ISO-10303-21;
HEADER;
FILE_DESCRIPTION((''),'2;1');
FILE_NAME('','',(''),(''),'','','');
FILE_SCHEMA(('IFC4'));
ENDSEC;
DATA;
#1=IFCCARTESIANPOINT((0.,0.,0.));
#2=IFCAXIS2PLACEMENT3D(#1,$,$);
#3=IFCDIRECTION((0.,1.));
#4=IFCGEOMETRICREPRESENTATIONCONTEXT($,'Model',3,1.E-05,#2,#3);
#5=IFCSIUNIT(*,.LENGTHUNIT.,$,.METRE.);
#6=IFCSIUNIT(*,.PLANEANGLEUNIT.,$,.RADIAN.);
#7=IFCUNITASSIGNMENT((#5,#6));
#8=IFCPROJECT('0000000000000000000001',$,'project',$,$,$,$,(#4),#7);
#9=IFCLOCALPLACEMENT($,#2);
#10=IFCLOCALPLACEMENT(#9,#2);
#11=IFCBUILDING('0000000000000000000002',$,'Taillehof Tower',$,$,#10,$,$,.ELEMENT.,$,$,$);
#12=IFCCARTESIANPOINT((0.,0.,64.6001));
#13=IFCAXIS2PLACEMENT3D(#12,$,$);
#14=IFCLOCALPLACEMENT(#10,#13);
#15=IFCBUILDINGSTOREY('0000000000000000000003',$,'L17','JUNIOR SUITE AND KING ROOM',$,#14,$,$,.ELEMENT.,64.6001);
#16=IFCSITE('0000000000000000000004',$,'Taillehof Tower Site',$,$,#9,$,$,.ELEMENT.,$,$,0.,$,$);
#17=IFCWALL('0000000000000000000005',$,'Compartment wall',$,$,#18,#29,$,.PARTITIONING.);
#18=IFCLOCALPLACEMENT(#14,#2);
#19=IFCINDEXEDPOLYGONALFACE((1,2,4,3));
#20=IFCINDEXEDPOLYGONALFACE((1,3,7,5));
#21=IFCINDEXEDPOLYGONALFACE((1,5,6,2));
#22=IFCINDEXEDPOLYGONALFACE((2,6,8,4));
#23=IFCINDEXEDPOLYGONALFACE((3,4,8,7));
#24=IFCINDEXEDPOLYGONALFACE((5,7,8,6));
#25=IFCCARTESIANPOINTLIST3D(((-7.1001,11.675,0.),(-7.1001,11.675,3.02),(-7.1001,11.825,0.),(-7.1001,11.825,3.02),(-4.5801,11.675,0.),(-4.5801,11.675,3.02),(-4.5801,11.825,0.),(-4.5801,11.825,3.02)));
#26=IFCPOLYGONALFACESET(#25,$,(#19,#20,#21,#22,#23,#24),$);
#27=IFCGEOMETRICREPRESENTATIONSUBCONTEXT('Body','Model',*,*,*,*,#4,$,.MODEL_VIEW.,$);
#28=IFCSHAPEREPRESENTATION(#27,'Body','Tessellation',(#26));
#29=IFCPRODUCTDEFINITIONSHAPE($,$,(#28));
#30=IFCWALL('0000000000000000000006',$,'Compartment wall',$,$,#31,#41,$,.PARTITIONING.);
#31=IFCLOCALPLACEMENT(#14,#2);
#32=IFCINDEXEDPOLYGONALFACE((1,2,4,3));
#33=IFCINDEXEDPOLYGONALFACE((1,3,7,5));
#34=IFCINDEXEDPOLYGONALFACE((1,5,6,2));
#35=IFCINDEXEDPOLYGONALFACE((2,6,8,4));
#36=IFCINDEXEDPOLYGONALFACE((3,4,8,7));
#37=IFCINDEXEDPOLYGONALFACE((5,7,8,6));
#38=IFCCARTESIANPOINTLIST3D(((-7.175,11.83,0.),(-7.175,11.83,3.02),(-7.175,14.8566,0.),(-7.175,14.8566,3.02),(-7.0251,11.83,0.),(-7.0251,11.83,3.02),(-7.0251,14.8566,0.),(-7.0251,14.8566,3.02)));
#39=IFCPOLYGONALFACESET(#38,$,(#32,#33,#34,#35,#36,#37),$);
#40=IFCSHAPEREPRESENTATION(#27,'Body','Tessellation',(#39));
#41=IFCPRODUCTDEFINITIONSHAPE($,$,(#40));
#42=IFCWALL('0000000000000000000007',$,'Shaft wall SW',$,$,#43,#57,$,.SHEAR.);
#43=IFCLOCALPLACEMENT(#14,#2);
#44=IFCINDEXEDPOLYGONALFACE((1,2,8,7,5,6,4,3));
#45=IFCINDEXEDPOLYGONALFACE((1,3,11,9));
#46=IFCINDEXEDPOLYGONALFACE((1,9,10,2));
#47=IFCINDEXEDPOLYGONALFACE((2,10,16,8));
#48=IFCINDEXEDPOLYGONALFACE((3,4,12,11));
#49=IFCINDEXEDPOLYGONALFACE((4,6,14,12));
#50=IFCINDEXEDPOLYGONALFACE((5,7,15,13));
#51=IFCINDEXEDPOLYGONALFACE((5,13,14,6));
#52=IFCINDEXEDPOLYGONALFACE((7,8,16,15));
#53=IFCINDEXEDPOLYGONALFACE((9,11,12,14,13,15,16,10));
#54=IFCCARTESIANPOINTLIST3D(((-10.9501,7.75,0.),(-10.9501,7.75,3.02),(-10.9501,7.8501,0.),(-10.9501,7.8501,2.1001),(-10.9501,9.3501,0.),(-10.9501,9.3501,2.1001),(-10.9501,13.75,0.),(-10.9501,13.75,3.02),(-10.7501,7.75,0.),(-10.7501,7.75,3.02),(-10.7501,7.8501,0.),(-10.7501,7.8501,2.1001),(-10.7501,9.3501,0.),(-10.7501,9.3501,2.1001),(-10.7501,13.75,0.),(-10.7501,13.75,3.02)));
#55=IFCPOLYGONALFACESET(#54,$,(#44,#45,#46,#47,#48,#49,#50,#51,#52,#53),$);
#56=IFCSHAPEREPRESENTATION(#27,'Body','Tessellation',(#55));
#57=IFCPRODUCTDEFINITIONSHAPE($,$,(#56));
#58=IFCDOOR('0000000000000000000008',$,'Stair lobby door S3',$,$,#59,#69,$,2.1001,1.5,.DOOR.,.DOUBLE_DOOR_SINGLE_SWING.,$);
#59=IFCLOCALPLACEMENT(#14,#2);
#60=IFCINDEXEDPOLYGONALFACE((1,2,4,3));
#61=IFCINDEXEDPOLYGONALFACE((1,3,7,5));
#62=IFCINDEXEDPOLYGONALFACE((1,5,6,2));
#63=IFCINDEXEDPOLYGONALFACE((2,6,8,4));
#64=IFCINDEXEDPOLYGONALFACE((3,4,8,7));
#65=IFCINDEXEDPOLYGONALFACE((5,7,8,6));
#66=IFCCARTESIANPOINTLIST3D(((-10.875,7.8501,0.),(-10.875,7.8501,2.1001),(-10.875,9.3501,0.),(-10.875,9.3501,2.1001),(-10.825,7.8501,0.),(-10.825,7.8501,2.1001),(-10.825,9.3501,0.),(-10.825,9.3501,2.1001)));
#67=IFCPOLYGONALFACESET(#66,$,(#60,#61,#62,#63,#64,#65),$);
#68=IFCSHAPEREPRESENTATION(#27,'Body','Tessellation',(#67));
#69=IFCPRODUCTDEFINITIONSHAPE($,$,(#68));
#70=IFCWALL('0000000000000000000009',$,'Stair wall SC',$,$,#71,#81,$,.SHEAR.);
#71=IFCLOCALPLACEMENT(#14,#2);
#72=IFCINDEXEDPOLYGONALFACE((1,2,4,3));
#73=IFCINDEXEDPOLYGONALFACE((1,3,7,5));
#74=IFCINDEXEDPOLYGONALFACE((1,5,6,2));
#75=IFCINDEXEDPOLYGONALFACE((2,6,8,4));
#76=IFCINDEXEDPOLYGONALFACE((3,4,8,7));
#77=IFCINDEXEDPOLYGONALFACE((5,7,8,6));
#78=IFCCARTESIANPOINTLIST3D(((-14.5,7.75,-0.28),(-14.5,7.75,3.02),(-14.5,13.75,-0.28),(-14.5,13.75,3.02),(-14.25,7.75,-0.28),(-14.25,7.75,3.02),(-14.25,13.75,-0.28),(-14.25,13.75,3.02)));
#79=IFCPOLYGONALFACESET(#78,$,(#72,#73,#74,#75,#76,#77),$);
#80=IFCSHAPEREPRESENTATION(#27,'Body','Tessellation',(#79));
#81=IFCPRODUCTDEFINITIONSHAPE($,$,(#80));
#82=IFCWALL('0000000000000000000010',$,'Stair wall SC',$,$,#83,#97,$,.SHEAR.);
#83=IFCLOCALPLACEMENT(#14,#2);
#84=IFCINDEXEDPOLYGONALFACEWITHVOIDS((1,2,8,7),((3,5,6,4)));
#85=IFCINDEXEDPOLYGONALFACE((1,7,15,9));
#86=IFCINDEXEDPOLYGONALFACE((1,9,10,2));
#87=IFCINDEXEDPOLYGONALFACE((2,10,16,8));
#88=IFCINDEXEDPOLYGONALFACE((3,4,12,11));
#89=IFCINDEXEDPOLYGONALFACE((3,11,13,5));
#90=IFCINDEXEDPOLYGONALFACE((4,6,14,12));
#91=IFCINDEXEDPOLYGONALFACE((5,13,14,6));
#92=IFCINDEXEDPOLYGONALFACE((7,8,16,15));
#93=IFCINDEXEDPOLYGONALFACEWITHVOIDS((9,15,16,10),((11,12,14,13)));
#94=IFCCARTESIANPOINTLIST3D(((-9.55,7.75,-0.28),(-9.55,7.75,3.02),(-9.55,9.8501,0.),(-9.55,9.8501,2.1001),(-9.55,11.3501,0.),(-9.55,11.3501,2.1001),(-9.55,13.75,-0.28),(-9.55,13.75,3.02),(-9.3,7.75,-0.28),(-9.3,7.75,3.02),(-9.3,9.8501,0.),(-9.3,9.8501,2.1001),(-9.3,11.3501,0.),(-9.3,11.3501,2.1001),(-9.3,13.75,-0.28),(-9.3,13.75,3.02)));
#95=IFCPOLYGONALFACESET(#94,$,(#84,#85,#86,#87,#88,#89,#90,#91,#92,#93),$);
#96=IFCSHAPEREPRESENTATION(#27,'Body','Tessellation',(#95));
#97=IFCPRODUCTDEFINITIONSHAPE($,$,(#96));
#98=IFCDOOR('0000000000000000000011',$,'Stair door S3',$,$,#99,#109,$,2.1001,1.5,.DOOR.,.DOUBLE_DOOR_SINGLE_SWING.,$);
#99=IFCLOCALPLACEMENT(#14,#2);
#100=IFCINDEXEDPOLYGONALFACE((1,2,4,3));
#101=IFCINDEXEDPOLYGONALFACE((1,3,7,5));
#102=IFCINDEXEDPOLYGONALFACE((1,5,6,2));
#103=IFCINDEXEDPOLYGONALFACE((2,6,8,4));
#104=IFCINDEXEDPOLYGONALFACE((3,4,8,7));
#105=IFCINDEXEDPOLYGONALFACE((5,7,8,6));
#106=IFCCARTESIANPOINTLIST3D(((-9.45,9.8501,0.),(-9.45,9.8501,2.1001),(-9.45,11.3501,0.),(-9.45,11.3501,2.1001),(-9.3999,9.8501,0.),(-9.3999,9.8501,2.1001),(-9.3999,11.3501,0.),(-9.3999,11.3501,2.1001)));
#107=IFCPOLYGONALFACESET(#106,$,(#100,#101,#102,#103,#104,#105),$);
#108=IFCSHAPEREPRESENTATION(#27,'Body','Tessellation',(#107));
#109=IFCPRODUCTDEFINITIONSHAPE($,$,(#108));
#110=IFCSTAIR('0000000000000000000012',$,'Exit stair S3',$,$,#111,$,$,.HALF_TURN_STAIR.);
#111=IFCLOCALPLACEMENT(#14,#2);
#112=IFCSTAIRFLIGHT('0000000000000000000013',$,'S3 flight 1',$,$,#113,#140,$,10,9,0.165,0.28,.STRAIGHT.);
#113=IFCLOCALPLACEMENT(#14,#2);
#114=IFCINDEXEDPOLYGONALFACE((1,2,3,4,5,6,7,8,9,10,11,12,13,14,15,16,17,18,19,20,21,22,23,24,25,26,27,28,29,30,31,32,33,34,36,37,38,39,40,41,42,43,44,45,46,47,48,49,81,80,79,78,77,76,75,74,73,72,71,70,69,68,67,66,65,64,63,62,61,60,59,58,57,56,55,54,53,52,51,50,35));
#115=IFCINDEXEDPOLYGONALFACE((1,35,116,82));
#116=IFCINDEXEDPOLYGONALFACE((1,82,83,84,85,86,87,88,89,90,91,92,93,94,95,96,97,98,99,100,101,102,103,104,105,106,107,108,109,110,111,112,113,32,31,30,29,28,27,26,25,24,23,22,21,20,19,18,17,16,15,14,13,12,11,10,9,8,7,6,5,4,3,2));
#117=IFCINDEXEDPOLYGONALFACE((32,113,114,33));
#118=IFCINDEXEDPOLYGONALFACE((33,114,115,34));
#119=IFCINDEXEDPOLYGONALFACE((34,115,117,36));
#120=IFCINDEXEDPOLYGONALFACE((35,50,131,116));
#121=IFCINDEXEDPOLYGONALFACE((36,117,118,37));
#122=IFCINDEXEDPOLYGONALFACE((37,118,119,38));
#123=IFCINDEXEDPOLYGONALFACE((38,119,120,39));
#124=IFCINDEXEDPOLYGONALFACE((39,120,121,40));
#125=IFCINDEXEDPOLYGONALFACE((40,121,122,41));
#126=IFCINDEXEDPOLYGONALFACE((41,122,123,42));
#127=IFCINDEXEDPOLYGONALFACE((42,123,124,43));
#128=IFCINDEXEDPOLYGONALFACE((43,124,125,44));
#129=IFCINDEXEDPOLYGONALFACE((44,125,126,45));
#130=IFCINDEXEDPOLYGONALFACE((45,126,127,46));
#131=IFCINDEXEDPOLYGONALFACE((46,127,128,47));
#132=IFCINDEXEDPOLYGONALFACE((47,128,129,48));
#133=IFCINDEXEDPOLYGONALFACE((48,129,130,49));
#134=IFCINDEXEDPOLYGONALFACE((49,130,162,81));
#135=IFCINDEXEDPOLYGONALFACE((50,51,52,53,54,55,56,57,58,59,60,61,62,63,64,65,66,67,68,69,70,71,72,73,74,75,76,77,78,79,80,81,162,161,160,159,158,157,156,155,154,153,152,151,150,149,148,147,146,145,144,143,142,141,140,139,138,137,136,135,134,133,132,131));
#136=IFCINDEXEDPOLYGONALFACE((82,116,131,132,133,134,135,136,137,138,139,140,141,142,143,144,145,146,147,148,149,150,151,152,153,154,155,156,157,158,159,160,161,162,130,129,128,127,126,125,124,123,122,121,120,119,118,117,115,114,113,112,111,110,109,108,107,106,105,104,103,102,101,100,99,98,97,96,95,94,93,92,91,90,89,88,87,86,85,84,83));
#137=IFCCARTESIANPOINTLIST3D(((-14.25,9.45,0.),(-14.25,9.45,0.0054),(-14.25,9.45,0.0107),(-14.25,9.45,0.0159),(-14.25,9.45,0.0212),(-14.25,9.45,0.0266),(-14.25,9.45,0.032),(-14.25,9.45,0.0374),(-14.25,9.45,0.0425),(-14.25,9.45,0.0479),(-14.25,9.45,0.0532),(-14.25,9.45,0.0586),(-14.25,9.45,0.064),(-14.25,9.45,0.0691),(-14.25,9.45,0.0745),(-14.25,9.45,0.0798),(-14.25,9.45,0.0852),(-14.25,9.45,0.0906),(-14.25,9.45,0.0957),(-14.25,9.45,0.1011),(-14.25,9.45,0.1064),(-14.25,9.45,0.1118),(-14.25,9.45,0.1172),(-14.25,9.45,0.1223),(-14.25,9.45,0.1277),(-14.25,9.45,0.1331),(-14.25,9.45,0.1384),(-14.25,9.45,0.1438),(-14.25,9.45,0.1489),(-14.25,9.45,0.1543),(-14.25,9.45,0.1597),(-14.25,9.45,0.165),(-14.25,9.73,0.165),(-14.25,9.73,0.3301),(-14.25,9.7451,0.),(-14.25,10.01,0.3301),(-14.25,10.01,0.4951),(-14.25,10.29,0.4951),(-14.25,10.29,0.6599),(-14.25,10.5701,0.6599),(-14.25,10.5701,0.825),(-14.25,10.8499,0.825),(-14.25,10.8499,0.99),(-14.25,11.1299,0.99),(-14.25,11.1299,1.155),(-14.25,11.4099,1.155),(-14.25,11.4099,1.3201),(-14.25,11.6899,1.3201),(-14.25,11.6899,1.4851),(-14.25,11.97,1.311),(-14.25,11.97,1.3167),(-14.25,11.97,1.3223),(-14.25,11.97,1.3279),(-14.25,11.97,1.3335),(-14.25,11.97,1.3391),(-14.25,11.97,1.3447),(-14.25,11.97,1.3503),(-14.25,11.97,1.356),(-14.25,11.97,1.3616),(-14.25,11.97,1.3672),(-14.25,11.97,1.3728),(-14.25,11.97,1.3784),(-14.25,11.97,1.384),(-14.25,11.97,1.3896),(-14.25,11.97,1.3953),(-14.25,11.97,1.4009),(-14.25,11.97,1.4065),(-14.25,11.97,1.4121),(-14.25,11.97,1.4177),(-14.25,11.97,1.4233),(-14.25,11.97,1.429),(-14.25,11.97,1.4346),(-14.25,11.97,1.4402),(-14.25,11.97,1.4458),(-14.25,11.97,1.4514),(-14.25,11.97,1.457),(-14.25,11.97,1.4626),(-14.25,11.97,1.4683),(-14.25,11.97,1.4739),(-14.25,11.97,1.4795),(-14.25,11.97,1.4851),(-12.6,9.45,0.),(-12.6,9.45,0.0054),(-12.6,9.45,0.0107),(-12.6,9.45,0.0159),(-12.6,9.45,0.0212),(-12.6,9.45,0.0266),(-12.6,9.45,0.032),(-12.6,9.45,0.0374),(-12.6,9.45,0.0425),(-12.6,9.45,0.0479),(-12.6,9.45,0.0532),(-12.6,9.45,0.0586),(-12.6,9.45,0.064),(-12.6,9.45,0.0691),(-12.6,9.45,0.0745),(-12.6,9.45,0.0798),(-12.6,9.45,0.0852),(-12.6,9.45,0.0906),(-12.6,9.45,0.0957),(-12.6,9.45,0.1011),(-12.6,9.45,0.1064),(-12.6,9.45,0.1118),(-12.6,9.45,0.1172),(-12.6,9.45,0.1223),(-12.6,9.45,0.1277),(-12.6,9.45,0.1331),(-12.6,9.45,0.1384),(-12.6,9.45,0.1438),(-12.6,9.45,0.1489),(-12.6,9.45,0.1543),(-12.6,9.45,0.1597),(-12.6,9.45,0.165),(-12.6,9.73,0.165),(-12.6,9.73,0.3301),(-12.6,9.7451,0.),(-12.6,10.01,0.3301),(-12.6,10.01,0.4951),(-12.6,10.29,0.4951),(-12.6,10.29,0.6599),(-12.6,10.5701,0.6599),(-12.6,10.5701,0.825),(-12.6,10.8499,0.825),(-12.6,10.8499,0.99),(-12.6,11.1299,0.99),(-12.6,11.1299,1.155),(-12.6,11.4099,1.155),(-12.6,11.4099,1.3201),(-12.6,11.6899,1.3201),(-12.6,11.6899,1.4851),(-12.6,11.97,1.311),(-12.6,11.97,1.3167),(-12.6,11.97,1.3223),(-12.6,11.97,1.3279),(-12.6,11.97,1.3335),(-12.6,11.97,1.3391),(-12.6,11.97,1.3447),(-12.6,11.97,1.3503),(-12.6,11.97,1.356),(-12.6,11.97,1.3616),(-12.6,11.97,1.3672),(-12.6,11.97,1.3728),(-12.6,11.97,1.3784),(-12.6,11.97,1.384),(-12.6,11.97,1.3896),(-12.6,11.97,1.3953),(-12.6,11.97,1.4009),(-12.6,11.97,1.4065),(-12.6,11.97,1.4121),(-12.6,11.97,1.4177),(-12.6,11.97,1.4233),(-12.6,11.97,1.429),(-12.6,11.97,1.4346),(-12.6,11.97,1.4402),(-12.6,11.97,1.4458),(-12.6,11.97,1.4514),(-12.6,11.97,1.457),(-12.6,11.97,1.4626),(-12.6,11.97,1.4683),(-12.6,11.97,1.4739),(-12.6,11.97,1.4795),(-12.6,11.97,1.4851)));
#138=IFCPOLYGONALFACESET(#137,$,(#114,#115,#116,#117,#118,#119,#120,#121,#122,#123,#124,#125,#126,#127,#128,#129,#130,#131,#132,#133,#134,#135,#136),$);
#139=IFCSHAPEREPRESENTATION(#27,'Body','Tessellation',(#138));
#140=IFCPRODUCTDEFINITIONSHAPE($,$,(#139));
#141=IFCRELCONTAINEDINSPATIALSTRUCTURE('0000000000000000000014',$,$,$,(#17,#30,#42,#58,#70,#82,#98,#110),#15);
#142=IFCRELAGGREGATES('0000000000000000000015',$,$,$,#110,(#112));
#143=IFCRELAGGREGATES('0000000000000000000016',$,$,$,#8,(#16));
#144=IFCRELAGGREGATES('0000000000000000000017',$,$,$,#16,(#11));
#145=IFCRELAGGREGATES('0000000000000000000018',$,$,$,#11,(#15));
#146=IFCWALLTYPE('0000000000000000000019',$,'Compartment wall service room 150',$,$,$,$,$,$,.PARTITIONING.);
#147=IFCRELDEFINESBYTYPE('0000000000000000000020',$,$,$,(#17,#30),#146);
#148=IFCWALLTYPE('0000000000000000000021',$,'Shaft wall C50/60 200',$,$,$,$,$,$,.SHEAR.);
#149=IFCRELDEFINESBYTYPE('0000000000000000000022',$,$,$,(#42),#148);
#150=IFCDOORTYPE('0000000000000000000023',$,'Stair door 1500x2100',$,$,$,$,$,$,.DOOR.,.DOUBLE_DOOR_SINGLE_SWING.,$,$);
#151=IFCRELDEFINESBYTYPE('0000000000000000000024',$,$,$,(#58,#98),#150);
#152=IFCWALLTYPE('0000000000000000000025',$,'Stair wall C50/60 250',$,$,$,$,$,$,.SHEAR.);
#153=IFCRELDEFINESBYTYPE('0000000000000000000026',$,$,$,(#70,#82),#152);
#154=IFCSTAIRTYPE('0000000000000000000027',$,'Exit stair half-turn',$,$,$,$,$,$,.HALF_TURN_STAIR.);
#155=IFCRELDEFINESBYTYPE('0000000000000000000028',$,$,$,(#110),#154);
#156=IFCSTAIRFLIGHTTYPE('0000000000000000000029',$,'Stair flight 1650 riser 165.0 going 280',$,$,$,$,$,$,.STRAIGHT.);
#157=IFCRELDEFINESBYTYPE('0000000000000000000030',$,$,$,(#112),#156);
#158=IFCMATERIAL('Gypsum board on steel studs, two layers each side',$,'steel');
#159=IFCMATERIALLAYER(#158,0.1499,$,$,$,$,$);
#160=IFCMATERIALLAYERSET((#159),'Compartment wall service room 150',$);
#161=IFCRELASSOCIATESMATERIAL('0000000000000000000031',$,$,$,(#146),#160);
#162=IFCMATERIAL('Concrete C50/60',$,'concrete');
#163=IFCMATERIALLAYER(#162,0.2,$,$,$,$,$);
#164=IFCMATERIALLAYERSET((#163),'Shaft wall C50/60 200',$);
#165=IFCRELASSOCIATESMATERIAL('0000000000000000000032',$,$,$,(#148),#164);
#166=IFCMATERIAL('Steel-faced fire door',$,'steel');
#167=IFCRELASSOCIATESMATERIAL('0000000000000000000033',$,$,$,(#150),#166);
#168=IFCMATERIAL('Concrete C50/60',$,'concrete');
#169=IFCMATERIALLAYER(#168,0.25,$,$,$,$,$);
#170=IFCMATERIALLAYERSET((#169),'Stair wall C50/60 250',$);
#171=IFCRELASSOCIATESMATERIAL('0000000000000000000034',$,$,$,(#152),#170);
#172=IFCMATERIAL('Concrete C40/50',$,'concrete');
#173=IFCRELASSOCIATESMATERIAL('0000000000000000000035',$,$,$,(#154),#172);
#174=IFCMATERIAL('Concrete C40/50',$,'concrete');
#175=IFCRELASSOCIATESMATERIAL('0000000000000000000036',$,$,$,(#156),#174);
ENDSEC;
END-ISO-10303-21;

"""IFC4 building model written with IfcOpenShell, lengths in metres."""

from ifc_helpers import new_model, si_unit, direction, frame, frame_2d, origin, place, context, subcontext, project, spatial, polyline, rectangle, outline, extrude, material, layer, layer_set, type_object, element, fill, aggregate, save


model = new_model("IFC4")

# Units and contexts
model_context = context("Model", 3, precision=1e-05, world=origin(), true_north=direction((0.0, 1.0)))
body_context = subcontext(model_context, "Body", "Model", "MODEL_VIEW")
ifc_project = project(units=[si_unit("LENGTHUNIT", "METRE"), si_unit("PLANEANGLEUNIT", "RADIAN")], contexts=[model_context])

# Site, building, storey
site_placement = place(None, origin())
site = spatial("IfcSite", under=ifc_project, at=site_placement, Name="Taillehof Tower Site", CompositionType="ELEMENT", RefElevation=0.0)
building_placement = place(site_placement, origin())
building = spatial("IfcBuilding", under=site, at=building_placement, Name="Taillehof Tower", CompositionType="ELEMENT")
storey_placement = place(building_placement, frame((0.0, 0.0, 64.6001)))
storey = spatial("IfcBuildingStorey", under=building, at=storey_placement, Name="L17", Description="JUNIOR SUITE AND KING ROOM", CompositionType="ELEMENT", Elevation=64.6001)

# Walls
ifc_material_1 = material(Name="Gypsum board on steel studs, two layers each side", Category="steel")
ifc_layer_1 = layer(ifc_material_1, 0.1499)
ifc_layer_set_1 = layer_set([ifc_layer_1], Name="Compartment wall service room 150")
wall_type_1 = type_object("IfcWallType", Name="Compartment wall service room 150", PredefinedType="PARTITIONING", material=ifc_layer_set_1)
wall_1_placement = place(storey_placement, frame((-4.5801, 11.75, 0.0), z_axis=(0.0, 0.0, 1.0), x_axis=(-1.0, 0.0, 0.0)))
element("IfcWall", 1, at=wall_1_placement, inside=storey, type_object=wall_type_1, Name="Compartment wall", PredefinedType="PARTITIONING", context=body_context, shape_type="SweptSolid", body=[
    extrude(rectangle(XDim=2.52, YDim=0.1499, at=frame_2d((1.26, 0.0))), origin(), (0.0, 0.0, 1.0), 3.02),
])
wall_2_placement = place(storey_placement, frame((-7.1001, 11.8301, 0.0), z_axis=(0.0, 0.0, 1.0), x_axis=(0.0, 1.0, 0.0)))
element("IfcWall", 2, at=wall_2_placement, inside=storey, type_object=wall_type_1, Name="Compartment wall", PredefinedType="PARTITIONING", context=body_context, shape_type="SweptSolid", body=[
    extrude(rectangle(XDim=3.0266, YDim=0.1499, at=frame_2d((1.5132, 0.0))), origin(), (0.0, 0.0, 1.0), 3.02),
])

# Wall, opening, door
ifc_material_2 = material(Name="Concrete C50/60", Category="concrete")
ifc_layer_2 = layer(ifc_material_2, 0.2)
ifc_layer_set_2 = layer_set([ifc_layer_2], Name="Shaft wall C50/60 200")
wall_type_2 = type_object("IfcWallType", Name="Shaft wall C50/60 200", PredefinedType="SHEAR", material=ifc_layer_set_2)
wall_3_placement = place(storey_placement, frame((-10.8501, 7.75, 0.0), z_axis=(0.0, 0.0, 1.0), x_axis=(0.0, 1.0, 0.0)))
wall_3 = element("IfcWall", 3, at=wall_3_placement, inside=storey, type_object=wall_type_2, Name="Shaft wall SW", PredefinedType="SHEAR", context=body_context, shape_type="SweptSolid", body=[
    extrude(rectangle(XDim=6.0, YDim=0.2, at=frame_2d((3.0, 0.0))), origin(), (0.0, 0.0, 1.0), 3.02),
])
opening_1_placement = place(wall_3_placement, frame((0.1001, 0.0, 0.0)))
opening_1 = element("IfcOpeningElement", 4, at=opening_1_placement, cuts=wall_3, PredefinedType="OPENING", context=body_context, shape_type="SweptSolid", body=[
    extrude(rectangle(XDim=1.5, YDim=2.1001, at=frame_2d((0.75, 1.05))), frame((0.0, 0.1099, 0.0), z_axis=(0.0, -1.0, 0.0), x_axis=(1.0, 0.0, 0.0)), (0.0, 0.0, 1.0), 0.22),
])
ifc_material_3 = material(Name="Steel-faced fire door", Category="steel")
door_type = type_object("IfcDoorType", Name="Stair door 1500x2100", OperationType="DOUBLE_DOOR_SINGLE_SWING", PredefinedType="DOOR", material=ifc_material_3)
door_1_placement = place(opening_1_placement, origin())
door_1 = element("IfcDoor", 5, at=door_1_placement, inside=storey, type_object=door_type, Name="Stair lobby door S3", OperationType="DOUBLE_DOOR_SINGLE_SWING", OverallHeight=2.1001, OverallWidth=1.5, PredefinedType="DOOR", context=body_context, shape_type="SweptSolid", body=[
    extrude(rectangle(XDim=1.5, YDim=2.1001, at=frame_2d((0.75, 1.05))), frame((0.0, 0.0249, 0.0), z_axis=(0.0, -1.0, 0.0), x_axis=(1.0, 0.0, 0.0)), (0.0, 0.0, 1.0), 0.05),
])
fill(opening_1, door_1)

# Wall
ifc_material_4 = material(Name="Concrete C50/60", Category="concrete")
ifc_layer_3 = layer(ifc_material_4, 0.25)
ifc_layer_set_3 = layer_set([ifc_layer_3], Name="Stair wall C50/60 250")
wall_type_3 = type_object("IfcWallType", Name="Stair wall C50/60 250", PredefinedType="SHEAR", material=ifc_layer_set_3)
wall_4_placement = place(storey_placement, frame((-14.375, 7.75, -0.28), z_axis=(0.0, 0.0, 1.0), x_axis=(0.0, 1.0, 0.0)))
element("IfcWall", 6, at=wall_4_placement, inside=storey, type_object=wall_type_3, Name="Stair wall SC", PredefinedType="SHEAR", context=body_context, shape_type="SweptSolid", body=[
    extrude(rectangle(XDim=6.0, YDim=0.25, at=frame_2d((3.0, 0.0))), origin(), (0.0, 0.0, 1.0), 3.3),
])

# Wall, opening, door
wall_5_placement = place(storey_placement, frame((-9.425, 7.75, -0.28), z_axis=(0.0, 0.0, 1.0), x_axis=(0.0, 1.0, 0.0)))
wall_5 = element("IfcWall", 7, at=wall_5_placement, inside=storey, type_object=wall_type_3, Name="Stair wall SC", PredefinedType="SHEAR", context=body_context, shape_type="SweptSolid", body=[
    extrude(rectangle(XDim=6.0, YDim=0.25, at=frame_2d((3.0, 0.0))), origin(), (0.0, 0.0, 1.0), 3.3),
])
opening_2_placement = place(wall_5_placement, frame((2.1001, 0.0, 0.28)))
opening_2 = element("IfcOpeningElement", 8, at=opening_2_placement, cuts=wall_5, PredefinedType="OPENING", context=body_context, shape_type="SweptSolid", body=[
    extrude(rectangle(XDim=1.5, YDim=2.1001, at=frame_2d((0.75, 1.05))), frame((0.0, 0.135, 0.0), z_axis=(0.0, -1.0, 0.0), x_axis=(1.0, 0.0, 0.0)), (0.0, 0.0, 1.0), 0.27),
])
door_2_placement = place(opening_2_placement, origin())
door_2 = element("IfcDoor", 9, at=door_2_placement, inside=storey, type_object=door_type, Name="Stair door S3", OperationType="DOUBLE_DOOR_SINGLE_SWING", OverallHeight=2.1001, OverallWidth=1.5, PredefinedType="DOOR", context=body_context, shape_type="SweptSolid", body=[
    extrude(rectangle(XDim=1.5, YDim=2.1001, at=frame_2d((0.75, 1.05))), frame((0.0, 0.0249, 0.0), z_axis=(0.0, -1.0, 0.0), x_axis=(1.0, 0.0, 0.0)), (0.0, 0.0, 1.0), 0.05),
])
fill(opening_2, door_2)

# Stair, stair flight
ifc_material_5 = material(Name="Concrete C40/50", Category="concrete")
stair_type = type_object("IfcStairType", Name="Exit stair half-turn", PredefinedType="HALF_TURN_STAIR", material=ifc_material_5)
stair_placement = place(storey_placement, origin())
stair = element("IfcStair", 10, at=stair_placement, inside=storey, type_object=stair_type, Name="Exit stair S3", PredefinedType="HALF_TURN_STAIR")
ifc_material_6 = material(Name="Concrete C40/50", Category="concrete")
stair_flight_type = type_object("IfcStairFlightType", Name="Stair flight 1650 riser 165.0 going 280", PredefinedType="STRAIGHT", material=ifc_material_6)
stair_flight_1_placement = place(storey_placement, frame((-13.425, 9.45, 0.0), z_axis=(0.0, 0.0, 1.0), x_axis=(0.0, 1.0, 0.0)))
stair_flight_1 = element("IfcStairFlight", 11, at=stair_flight_1_placement, type_object=stair_flight_type, Name="S3 flight 1", NumberOfRisers=10, NumberOfTreads=9, PredefinedType="STRAIGHT", RiserHeight=0.165, TreadLength=0.28, context=body_context, shape_type="SweptSolid", body=[
    extrude(outline(polyline([(0.0, 0.0), (0.0, 0.0054), (0.0, 0.0107), (0.0, 0.0159), (0.0, 0.0212), (0.0, 0.0266), (0.0, 0.032), (0.0, 0.0374), (0.0, 0.0425), (0.0, 0.0479), (0.0, 0.0532), (0.0, 0.0586), (0.0, 0.064), (0.0, 0.0691), (0.0, 0.0745), (0.0, 0.0798), (0.0, 0.0852), (0.0, 0.0906), (0.0, 0.0957), (0.0, 0.1011), (0.0, 0.1064), (0.0, 0.1118), (0.0, 0.1172), (0.0, 0.1223), (0.0, 0.1277), (0.0, 0.1331), (0.0, 0.1384), (0.0, 0.1438), (0.0, 0.1489), (0.0, 0.1543), (0.0, 0.1597), (0.0, 0.165), (0.28, 0.165), (0.28, 0.3301), (0.5601, 0.3301), (0.5601, 0.4951), (0.8401, 0.4951), (0.8401, 0.6599), (1.1201, 0.6599), (1.1201, 0.825), (1.3999, 0.825), (1.3999, 0.99), (1.6799, 0.99), (1.6799, 1.155), (1.96, 1.155), (1.96, 1.3201), (2.24, 1.3201), (2.24, 1.4851), (2.52, 1.4851), (2.52, 1.4795), (2.52, 1.4739), (2.52, 1.4683), (2.52, 1.4626), (2.52, 1.457), (2.52, 1.4514), (2.52, 1.4458), (2.52, 1.4402), (2.52, 1.4346), (2.52, 1.429), (2.52, 1.4233), (2.52, 1.4177), (2.52, 1.4121), (2.52, 1.4065), (2.52, 1.4009), (2.52, 1.3953), (2.52, 1.3896), (2.52, 1.384), (2.52, 1.3784), (2.52, 1.3728), (2.52, 1.3672), (2.52, 1.3616), (2.52, 1.356), (2.52, 1.3503), (2.52, 1.3447), (2.52, 1.3391), (2.52, 1.3335), (2.52, 1.3279), (2.52, 1.3223), (2.52, 1.3167), (2.52, 1.311), (0.2952, 0.0), (0.0, 0.0)])), frame((0.0, 0.825, 0.0), z_axis=(0.0, -1.0, 0.0), x_axis=(1.0, 0.0, 0.0)), (0.0, 0.0, 1.0), 1.65),
])
aggregate(stair, [stair_flight_1])

save(model, "model.ifc")
